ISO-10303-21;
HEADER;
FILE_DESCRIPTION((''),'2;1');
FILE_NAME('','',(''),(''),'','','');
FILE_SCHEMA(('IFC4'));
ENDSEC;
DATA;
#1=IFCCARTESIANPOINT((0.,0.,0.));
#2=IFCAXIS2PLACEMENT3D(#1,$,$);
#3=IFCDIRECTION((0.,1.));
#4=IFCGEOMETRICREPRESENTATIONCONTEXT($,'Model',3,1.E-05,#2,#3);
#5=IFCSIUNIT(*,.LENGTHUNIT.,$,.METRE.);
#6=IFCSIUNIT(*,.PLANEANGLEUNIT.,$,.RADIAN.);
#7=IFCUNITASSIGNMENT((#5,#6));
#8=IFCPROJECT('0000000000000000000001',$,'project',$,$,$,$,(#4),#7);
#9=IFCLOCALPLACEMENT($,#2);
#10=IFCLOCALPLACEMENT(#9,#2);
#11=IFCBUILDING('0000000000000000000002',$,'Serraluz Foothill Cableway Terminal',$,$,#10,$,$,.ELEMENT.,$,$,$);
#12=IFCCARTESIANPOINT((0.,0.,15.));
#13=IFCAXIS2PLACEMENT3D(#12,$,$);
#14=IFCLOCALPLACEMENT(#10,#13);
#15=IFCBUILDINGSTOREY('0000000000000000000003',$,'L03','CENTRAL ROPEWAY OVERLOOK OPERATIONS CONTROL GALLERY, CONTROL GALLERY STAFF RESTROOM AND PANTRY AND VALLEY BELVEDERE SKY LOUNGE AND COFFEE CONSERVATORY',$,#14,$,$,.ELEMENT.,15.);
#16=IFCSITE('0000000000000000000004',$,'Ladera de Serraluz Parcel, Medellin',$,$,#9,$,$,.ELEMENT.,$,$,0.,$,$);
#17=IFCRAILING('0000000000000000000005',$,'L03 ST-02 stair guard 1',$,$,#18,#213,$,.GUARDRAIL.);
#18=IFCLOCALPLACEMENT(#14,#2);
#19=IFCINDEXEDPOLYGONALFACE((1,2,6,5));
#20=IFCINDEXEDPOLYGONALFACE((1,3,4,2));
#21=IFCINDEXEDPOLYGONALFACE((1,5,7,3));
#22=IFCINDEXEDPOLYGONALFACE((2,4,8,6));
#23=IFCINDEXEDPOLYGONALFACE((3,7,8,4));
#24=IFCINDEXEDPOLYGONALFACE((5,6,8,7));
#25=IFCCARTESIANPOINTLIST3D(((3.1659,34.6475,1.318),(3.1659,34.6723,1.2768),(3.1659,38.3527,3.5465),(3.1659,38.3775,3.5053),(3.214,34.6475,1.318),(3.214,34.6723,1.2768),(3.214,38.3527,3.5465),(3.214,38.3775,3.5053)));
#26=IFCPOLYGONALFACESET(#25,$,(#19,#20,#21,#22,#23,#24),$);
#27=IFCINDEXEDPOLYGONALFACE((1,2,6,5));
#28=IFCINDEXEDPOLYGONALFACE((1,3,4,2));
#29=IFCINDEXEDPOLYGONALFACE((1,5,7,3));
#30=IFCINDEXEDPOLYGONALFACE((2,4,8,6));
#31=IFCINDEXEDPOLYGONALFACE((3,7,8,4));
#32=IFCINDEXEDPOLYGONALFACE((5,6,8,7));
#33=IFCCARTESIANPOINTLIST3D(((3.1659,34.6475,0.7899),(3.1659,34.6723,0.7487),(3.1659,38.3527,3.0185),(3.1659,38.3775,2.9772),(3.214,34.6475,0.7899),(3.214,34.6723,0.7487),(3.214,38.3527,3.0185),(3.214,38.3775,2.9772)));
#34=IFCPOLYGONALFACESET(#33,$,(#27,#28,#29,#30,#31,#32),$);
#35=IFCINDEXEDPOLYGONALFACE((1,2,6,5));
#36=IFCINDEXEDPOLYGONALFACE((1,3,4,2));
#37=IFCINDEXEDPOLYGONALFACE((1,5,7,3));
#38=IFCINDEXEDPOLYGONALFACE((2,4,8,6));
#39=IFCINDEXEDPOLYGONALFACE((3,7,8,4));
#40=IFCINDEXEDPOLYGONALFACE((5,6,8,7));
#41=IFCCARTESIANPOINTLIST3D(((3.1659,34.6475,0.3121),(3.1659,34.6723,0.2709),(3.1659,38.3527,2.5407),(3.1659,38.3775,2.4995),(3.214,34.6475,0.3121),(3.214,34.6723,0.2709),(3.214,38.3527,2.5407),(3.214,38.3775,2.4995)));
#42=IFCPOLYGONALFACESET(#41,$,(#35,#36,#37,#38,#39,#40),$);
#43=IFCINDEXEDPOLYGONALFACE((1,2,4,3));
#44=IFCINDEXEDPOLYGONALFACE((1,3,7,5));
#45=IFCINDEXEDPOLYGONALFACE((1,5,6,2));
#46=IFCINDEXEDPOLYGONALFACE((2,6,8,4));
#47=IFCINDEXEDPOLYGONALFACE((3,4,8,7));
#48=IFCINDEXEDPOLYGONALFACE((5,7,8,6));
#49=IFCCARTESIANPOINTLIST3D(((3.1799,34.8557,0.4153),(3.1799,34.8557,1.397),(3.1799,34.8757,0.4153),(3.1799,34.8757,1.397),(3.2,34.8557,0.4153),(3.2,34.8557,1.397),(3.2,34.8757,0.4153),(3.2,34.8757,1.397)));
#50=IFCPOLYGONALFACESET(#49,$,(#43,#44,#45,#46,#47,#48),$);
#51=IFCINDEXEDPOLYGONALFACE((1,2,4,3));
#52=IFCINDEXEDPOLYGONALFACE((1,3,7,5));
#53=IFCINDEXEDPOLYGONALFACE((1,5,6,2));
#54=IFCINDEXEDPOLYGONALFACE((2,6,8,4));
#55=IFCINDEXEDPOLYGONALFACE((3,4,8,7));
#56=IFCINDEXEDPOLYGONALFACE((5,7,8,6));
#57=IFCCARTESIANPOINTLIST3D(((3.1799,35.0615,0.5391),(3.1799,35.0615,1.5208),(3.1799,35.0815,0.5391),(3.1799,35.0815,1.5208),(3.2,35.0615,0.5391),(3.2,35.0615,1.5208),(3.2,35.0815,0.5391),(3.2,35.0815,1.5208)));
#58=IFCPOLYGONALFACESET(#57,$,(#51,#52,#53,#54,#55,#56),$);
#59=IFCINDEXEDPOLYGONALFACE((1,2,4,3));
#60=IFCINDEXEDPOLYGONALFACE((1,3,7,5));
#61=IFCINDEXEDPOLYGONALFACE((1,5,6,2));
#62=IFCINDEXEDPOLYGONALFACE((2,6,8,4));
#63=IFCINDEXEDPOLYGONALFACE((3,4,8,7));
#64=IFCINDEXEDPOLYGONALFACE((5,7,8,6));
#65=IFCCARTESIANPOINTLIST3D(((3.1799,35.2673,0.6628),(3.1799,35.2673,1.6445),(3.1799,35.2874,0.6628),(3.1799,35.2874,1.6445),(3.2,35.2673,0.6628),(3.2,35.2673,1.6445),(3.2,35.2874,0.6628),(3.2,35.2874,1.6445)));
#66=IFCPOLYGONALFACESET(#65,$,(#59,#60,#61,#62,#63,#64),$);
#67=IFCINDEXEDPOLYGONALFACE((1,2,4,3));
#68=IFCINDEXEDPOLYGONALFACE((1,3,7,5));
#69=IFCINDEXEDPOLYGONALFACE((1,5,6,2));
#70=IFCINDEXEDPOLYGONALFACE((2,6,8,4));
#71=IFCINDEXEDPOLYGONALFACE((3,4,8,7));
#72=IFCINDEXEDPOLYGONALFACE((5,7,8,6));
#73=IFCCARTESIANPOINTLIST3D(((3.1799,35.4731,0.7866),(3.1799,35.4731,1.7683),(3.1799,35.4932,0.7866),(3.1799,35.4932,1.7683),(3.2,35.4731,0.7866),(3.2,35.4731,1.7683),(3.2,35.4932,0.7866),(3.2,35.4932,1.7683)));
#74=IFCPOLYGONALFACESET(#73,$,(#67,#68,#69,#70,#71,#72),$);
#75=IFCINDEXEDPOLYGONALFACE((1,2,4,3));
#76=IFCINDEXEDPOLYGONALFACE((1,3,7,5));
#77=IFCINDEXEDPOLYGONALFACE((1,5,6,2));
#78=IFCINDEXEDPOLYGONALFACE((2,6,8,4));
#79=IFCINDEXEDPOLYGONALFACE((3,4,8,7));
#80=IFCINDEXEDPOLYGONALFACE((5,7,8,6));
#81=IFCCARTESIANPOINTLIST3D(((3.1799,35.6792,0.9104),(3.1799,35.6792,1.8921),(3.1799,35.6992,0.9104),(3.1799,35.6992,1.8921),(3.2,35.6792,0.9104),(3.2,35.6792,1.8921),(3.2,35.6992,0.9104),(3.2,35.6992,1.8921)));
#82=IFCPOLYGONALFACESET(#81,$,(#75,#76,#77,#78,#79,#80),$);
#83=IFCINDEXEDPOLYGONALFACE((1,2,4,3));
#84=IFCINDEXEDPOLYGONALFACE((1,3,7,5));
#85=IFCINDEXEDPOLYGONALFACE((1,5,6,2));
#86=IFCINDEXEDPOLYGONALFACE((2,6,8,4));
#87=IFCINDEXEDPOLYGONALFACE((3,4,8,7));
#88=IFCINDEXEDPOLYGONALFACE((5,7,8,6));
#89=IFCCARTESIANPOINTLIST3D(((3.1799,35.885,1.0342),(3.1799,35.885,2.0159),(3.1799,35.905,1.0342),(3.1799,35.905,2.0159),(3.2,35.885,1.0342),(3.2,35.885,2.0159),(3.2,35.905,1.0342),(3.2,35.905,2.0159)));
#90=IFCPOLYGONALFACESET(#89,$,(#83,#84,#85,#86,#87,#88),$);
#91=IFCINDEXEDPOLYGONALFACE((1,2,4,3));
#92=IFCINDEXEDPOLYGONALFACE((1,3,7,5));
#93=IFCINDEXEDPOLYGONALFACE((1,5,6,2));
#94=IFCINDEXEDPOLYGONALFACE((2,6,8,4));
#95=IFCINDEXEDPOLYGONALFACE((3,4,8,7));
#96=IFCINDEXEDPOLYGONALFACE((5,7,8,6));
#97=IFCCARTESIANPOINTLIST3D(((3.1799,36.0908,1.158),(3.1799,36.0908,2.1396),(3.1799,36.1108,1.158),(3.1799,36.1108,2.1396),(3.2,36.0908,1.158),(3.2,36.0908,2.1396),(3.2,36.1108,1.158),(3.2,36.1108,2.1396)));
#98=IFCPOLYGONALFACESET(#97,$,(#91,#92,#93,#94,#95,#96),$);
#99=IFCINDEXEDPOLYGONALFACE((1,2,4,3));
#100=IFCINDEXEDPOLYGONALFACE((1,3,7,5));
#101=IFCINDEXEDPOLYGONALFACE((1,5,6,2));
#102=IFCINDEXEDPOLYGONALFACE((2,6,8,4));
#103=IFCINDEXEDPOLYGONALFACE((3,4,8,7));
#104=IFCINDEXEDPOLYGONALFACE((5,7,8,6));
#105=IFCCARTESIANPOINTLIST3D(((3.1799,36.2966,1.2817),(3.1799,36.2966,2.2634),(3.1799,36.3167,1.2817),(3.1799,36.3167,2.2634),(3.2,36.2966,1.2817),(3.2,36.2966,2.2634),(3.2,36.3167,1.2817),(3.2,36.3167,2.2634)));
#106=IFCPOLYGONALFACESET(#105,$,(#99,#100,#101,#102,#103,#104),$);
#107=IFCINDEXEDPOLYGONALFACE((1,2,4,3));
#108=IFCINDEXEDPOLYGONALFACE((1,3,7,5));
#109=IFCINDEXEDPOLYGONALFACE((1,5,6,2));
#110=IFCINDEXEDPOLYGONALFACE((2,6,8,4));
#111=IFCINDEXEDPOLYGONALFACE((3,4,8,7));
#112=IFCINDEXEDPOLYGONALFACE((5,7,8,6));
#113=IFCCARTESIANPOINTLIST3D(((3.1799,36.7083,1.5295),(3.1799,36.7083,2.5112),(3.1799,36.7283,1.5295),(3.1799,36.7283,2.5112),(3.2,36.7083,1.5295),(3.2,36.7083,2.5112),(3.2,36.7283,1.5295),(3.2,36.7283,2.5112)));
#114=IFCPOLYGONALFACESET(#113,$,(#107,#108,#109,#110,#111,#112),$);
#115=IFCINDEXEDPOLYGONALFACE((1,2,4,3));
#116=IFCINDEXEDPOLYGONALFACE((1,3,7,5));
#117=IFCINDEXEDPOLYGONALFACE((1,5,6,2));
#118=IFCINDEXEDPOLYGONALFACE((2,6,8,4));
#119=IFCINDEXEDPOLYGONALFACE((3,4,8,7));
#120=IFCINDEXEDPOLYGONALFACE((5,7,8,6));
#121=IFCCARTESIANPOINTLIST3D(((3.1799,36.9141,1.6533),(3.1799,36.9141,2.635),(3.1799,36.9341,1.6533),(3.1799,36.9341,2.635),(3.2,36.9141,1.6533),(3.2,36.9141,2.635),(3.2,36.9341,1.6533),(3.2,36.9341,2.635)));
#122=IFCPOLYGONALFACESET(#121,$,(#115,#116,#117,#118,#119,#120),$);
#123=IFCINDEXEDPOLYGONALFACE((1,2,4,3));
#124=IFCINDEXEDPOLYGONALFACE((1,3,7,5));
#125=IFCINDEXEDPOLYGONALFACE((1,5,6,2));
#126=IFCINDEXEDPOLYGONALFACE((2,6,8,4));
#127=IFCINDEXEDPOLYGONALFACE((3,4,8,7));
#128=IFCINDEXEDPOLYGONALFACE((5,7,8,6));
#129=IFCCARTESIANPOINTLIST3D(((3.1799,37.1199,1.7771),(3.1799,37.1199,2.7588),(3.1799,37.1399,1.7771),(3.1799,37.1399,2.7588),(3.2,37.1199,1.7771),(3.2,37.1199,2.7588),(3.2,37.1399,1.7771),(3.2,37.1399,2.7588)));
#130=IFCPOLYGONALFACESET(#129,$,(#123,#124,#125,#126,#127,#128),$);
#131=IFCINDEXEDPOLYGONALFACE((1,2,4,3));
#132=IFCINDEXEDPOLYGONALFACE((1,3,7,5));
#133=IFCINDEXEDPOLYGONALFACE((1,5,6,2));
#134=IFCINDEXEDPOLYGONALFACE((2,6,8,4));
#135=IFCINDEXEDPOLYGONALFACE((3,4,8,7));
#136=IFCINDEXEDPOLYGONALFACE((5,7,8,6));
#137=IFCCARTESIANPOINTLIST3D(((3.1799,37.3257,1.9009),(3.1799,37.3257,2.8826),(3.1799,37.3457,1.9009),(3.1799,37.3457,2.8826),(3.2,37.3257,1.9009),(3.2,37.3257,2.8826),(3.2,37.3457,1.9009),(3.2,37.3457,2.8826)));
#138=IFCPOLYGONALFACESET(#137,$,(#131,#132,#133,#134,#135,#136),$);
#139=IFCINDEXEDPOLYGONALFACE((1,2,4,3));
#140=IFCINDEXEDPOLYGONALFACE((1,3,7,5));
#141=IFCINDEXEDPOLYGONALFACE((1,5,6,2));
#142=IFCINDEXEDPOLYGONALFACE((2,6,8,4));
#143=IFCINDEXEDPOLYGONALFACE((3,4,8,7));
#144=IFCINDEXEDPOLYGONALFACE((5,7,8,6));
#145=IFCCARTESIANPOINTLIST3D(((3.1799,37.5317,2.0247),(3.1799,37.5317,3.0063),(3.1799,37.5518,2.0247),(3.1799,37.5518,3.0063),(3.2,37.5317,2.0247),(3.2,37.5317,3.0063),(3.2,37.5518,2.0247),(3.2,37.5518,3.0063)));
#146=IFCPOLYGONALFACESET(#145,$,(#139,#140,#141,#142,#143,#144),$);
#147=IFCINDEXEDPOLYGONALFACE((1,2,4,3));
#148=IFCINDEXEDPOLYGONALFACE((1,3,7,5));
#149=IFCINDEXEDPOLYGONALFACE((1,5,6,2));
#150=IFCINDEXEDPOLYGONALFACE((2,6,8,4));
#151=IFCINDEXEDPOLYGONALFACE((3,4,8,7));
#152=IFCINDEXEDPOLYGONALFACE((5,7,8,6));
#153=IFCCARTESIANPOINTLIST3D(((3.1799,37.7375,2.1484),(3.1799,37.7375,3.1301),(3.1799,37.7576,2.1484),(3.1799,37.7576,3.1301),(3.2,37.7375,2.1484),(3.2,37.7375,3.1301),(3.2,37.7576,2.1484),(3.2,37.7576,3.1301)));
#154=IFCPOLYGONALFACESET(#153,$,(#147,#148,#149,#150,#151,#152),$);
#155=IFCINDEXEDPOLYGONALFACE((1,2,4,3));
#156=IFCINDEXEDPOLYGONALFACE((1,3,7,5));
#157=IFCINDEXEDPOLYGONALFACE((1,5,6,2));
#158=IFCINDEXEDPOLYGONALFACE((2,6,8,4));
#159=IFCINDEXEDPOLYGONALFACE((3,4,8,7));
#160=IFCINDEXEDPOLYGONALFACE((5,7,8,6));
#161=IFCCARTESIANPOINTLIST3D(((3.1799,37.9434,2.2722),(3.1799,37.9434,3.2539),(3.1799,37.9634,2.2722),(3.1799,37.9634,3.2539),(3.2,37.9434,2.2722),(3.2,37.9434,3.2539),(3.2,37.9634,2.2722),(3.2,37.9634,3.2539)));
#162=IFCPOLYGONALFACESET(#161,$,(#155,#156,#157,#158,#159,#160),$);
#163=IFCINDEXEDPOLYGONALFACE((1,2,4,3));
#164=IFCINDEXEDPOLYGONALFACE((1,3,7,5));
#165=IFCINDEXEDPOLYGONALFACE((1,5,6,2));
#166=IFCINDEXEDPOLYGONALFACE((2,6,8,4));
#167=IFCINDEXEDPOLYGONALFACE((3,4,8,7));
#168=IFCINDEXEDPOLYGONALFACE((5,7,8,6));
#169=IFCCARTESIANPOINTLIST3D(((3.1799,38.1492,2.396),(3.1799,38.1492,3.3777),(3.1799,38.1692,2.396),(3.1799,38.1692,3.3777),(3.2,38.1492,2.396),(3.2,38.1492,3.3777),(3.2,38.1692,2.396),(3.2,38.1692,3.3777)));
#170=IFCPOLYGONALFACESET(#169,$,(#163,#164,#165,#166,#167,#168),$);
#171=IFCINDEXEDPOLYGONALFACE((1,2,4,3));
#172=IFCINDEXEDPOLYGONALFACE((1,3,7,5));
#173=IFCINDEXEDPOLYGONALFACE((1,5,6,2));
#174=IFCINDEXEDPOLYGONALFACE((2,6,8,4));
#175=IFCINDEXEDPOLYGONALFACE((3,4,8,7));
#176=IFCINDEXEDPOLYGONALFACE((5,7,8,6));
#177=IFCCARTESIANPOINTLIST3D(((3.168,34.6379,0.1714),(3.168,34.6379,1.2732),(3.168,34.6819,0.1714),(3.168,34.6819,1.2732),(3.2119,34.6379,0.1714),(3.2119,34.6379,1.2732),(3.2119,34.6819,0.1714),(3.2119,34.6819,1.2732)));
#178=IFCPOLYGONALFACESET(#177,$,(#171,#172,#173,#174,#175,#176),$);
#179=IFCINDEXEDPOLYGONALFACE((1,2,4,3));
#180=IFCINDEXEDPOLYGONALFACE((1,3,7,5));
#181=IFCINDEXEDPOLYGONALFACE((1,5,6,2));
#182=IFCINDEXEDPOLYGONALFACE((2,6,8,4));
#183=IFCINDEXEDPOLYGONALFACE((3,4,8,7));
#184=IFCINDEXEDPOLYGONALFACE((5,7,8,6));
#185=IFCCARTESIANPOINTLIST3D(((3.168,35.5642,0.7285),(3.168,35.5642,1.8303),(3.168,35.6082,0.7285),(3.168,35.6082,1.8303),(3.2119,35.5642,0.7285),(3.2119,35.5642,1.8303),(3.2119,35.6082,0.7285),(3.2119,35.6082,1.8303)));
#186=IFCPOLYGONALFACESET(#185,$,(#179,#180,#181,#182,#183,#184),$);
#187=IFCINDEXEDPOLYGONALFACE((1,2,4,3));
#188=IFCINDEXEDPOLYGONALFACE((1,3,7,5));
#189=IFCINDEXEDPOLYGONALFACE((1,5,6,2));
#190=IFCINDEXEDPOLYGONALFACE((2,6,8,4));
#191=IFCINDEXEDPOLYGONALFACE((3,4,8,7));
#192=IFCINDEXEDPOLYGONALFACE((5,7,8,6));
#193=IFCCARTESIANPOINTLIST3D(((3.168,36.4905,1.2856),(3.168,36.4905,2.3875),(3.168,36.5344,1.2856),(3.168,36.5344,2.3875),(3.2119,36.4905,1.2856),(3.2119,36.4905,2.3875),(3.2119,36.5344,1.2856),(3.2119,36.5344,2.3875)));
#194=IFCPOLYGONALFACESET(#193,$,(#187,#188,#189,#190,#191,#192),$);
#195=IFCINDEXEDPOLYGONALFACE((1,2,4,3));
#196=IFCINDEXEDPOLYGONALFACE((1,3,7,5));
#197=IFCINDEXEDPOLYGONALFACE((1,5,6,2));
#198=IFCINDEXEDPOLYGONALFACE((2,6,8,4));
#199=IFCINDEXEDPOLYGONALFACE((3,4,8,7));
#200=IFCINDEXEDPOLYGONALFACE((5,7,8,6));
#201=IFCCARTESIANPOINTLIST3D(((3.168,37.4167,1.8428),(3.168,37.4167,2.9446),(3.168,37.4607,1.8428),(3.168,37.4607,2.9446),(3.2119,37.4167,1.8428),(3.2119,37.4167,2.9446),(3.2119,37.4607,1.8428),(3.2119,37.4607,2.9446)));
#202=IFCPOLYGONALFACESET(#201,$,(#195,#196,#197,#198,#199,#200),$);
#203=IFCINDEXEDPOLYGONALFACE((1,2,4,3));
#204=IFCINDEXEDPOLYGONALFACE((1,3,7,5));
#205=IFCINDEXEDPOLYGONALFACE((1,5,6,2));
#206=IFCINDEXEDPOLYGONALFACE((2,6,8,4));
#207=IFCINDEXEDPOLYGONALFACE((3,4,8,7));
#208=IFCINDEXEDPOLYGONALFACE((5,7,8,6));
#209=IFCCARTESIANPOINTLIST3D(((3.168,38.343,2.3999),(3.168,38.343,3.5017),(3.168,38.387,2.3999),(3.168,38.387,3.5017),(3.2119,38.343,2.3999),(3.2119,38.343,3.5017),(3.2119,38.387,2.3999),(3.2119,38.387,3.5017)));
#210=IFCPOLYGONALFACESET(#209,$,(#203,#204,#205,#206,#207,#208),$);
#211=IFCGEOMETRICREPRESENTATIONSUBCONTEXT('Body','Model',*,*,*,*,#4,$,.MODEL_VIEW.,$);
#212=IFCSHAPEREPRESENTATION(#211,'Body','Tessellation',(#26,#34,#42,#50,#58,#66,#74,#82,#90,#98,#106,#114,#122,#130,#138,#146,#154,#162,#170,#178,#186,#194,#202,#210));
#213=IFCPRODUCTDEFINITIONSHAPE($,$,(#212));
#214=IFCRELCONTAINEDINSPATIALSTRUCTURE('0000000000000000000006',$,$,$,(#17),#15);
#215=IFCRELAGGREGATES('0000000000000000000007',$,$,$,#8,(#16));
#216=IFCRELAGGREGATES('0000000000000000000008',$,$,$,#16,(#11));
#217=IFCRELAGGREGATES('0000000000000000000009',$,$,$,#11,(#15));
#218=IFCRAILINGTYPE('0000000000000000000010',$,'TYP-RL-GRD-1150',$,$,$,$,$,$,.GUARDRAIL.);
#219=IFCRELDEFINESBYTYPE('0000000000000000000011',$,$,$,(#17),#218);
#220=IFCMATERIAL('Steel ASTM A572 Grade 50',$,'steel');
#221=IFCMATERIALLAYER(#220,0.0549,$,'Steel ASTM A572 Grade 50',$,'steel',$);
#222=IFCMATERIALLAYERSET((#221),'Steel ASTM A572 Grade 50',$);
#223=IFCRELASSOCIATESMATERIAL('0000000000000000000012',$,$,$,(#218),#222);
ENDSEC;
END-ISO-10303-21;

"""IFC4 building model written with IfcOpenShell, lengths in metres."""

from ifc_helpers import new_model, si_unit, direction, frame, origin, origin_2d, place, context, subcontext, project, spatial, rectangle, extrude, material, layer, layer_set, type_object, element, save


model = new_model("IFC4")

# Units and contexts
model_context = context("Model", 3, precision=1e-05, world=origin(), true_north=direction((0.0, 1.0)))
body_context = subcontext(model_context, "Body", "Model", "MODEL_VIEW")
ifc_project = project(units=[si_unit("LENGTHUNIT", "METRE"), si_unit("PLANEANGLEUNIT", "RADIAN")], contexts=[model_context])

# Site, building, storey
site_placement = place(None, origin())
site = spatial("IfcSite", under=ifc_project, at=site_placement, Name="Ladera de Serraluz Parcel, Medellin", CompositionType="ELEMENT", RefElevation=0.0)
building_placement = place(site_placement, origin())
building = spatial("IfcBuilding", under=site, at=building_placement, Name="Serraluz Foothill Cableway Terminal", CompositionType="ELEMENT")
storey_placement = place(building_placement, frame((0.0, 0.0, 15.0)))
storey = spatial("IfcBuildingStorey", under=building, at=storey_placement, Name="L03", Description="CENTRAL ROPEWAY OVERLOOK OPERATIONS CONTROL GALLERY, CONTROL GALLERY STAFF RESTROOM AND PANTRY AND VALLEY BELVEDERE SKY LOUNGE AND COFFEE CONSERVATORY", CompositionType="ELEMENT", Elevation=15.0)

# Railing
ifc_material_1 = material(Name="Steel ASTM A572 Grade 50", Category="steel")
ifc_layer_1 = layer(ifc_material_1, 0.0549, Name="Steel ASTM A572 Grade 50", Category="steel")
ifc_layer_set_1 = layer_set([ifc_layer_1], Name="Steel ASTM A572 Grade 50")
railing_type_1 = type_object("IfcRailingType", Name="TYP-RL-GRD-1150", PredefinedType="GUARDRAIL", material=ifc_layer_set_1)
railing_1_placement = place(storey_placement, frame((3.1899, 34.6599, 0.1714)))
element("IfcRailing", 1, at=railing_1_placement, inside=storey, type_object=railing_type_1, Name="L03 ST-02 stair guard 1", PredefinedType="GUARDRAIL", context=body_context, shape_type="SweptSolid", body=[
    extrude(rectangle(XDim=0.0481, YDim=0.0481, at=origin_2d()), frame((0.0, 0.0, 1.126), z_axis=(0.0, 0.856934, 0.515425), x_axis=(-1.0, 0.0, 0.0)), (0.0, 0.0, 1.0), 4.3237),
    extrude(rectangle(XDim=0.0481, YDim=0.0481, at=origin_2d()), frame((0.0, 0.0, 0.5979), z_axis=(0.0, 0.856934, 0.515425), x_axis=(-1.0, 0.0, 0.0)), (0.0, 0.0, 1.0), 4.3237),
    extrude(rectangle(XDim=0.0481, YDim=0.0481, at=origin_2d()), frame((0.0, 0.0, 0.1201), z_axis=(0.0, 0.856934, 0.515425), x_axis=(-1.0, 0.0, 0.0)), (0.0, 0.0, 1.0), 4.3237),
    extrude(rectangle(XDim=0.02, YDim=0.02, at=origin_2d()), frame((0.0, 0.2058, 0.2439)), (0.0, 0.0, 1.0), 0.9817),
    extrude(rectangle(XDim=0.02, YDim=0.02, at=origin_2d()), frame((0.0, 0.4116, 0.3677)), (0.0, 0.0, 1.0), 0.9817),
    extrude(rectangle(XDim=0.02, YDim=0.02, at=origin_2d()), frame((0.0, 0.6174, 0.4915)), (0.0, 0.0, 1.0), 0.9817),
    extrude(rectangle(XDim=0.02, YDim=0.02, at=origin_2d()), frame((0.0, 0.8232, 0.6152)), (0.0, 0.0, 1.0), 0.9817),
    extrude(rectangle(XDim=0.02, YDim=0.02, at=origin_2d()), frame((0.0, 1.0293, 0.739)), (0.0, 0.0, 1.0), 0.9817),
    extrude(rectangle(XDim=0.02, YDim=0.02, at=origin_2d()), frame((0.0, 1.2351, 0.8628)), (0.0, 0.0, 1.0), 0.9817),
    extrude(rectangle(XDim=0.02, YDim=0.02, at=origin_2d()), frame((0.0, 1.4409, 0.9866)), (0.0, 0.0, 1.0), 0.9817),
    extrude(rectangle(XDim=0.02, YDim=0.02, at=origin_2d()), frame((0.0, 1.6467, 1.1104)), (0.0, 0.0, 1.0), 0.9817),
    extrude(rectangle(XDim=0.02, YDim=0.02, at=origin_2d()), frame((0.0, 2.0583, 1.3582)), (0.0, 0.0, 1.0), 0.9817),
    extrude(rectangle(XDim=0.02, YDim=0.02, at=origin_2d()), frame((0.0, 2.2642, 1.4819)), (0.0, 0.0, 1.0), 0.9817),
    extrude(rectangle(XDim=0.02, YDim=0.02, at=origin_2d()), frame((0.0, 2.47, 1.6057)), (0.0, 0.0, 1.0), 0.9817),
    extrude(rectangle(XDim=0.02, YDim=0.02, at=origin_2d()), frame((0.0, 2.6758, 1.7295)), (0.0, 0.0, 1.0), 0.9817),
    extrude(rectangle(XDim=0.02, YDim=0.02, at=origin_2d()), frame((0.0, 2.8818, 1.8533)), (0.0, 0.0, 1.0), 0.9817),
    extrude(rectangle(XDim=0.02, YDim=0.02, at=origin_2d()), frame((0.0, 3.0876, 1.9771)), (0.0, 0.0, 1.0), 0.9817),
    extrude(rectangle(XDim=0.02, YDim=0.02, at=origin_2d()), frame((0.0, 3.2935, 2.1008)), (0.0, 0.0, 1.0), 0.9817),
    extrude(rectangle(XDim=0.02, YDim=0.02, at=origin_2d()), frame((0.0, 3.4993, 2.2246)), (0.0, 0.0, 1.0), 0.9817),
    extrude(rectangle(XDim=0.0439, YDim=0.0439, at=origin_2d()), origin(), (0.0, 0.0, 1.0), 1.1018),
    extrude(rectangle(XDim=0.0439, YDim=0.0439, at=origin_2d()), frame((0.0, 0.9263, 0.5571)), (0.0, 0.0, 1.0), 1.1018),
    extrude(rectangle(XDim=0.0439, YDim=0.0439, at=origin_2d()), frame((0.0, 1.8525, 1.1143)), (0.0, 0.0, 1.0), 1.1018),
    extrude(rectangle(XDim=0.0439, YDim=0.0439, at=origin_2d()), frame((0.0, 2.7788, 1.6714)), (0.0, 0.0, 1.0), 1.1018),
    extrude(rectangle(XDim=0.0439, YDim=0.0439, at=origin_2d()), frame((0.0, 3.7051, 2.2285)), (0.0, 0.0, 1.0), 1.1018),
])

save(model, "model.ifc")
